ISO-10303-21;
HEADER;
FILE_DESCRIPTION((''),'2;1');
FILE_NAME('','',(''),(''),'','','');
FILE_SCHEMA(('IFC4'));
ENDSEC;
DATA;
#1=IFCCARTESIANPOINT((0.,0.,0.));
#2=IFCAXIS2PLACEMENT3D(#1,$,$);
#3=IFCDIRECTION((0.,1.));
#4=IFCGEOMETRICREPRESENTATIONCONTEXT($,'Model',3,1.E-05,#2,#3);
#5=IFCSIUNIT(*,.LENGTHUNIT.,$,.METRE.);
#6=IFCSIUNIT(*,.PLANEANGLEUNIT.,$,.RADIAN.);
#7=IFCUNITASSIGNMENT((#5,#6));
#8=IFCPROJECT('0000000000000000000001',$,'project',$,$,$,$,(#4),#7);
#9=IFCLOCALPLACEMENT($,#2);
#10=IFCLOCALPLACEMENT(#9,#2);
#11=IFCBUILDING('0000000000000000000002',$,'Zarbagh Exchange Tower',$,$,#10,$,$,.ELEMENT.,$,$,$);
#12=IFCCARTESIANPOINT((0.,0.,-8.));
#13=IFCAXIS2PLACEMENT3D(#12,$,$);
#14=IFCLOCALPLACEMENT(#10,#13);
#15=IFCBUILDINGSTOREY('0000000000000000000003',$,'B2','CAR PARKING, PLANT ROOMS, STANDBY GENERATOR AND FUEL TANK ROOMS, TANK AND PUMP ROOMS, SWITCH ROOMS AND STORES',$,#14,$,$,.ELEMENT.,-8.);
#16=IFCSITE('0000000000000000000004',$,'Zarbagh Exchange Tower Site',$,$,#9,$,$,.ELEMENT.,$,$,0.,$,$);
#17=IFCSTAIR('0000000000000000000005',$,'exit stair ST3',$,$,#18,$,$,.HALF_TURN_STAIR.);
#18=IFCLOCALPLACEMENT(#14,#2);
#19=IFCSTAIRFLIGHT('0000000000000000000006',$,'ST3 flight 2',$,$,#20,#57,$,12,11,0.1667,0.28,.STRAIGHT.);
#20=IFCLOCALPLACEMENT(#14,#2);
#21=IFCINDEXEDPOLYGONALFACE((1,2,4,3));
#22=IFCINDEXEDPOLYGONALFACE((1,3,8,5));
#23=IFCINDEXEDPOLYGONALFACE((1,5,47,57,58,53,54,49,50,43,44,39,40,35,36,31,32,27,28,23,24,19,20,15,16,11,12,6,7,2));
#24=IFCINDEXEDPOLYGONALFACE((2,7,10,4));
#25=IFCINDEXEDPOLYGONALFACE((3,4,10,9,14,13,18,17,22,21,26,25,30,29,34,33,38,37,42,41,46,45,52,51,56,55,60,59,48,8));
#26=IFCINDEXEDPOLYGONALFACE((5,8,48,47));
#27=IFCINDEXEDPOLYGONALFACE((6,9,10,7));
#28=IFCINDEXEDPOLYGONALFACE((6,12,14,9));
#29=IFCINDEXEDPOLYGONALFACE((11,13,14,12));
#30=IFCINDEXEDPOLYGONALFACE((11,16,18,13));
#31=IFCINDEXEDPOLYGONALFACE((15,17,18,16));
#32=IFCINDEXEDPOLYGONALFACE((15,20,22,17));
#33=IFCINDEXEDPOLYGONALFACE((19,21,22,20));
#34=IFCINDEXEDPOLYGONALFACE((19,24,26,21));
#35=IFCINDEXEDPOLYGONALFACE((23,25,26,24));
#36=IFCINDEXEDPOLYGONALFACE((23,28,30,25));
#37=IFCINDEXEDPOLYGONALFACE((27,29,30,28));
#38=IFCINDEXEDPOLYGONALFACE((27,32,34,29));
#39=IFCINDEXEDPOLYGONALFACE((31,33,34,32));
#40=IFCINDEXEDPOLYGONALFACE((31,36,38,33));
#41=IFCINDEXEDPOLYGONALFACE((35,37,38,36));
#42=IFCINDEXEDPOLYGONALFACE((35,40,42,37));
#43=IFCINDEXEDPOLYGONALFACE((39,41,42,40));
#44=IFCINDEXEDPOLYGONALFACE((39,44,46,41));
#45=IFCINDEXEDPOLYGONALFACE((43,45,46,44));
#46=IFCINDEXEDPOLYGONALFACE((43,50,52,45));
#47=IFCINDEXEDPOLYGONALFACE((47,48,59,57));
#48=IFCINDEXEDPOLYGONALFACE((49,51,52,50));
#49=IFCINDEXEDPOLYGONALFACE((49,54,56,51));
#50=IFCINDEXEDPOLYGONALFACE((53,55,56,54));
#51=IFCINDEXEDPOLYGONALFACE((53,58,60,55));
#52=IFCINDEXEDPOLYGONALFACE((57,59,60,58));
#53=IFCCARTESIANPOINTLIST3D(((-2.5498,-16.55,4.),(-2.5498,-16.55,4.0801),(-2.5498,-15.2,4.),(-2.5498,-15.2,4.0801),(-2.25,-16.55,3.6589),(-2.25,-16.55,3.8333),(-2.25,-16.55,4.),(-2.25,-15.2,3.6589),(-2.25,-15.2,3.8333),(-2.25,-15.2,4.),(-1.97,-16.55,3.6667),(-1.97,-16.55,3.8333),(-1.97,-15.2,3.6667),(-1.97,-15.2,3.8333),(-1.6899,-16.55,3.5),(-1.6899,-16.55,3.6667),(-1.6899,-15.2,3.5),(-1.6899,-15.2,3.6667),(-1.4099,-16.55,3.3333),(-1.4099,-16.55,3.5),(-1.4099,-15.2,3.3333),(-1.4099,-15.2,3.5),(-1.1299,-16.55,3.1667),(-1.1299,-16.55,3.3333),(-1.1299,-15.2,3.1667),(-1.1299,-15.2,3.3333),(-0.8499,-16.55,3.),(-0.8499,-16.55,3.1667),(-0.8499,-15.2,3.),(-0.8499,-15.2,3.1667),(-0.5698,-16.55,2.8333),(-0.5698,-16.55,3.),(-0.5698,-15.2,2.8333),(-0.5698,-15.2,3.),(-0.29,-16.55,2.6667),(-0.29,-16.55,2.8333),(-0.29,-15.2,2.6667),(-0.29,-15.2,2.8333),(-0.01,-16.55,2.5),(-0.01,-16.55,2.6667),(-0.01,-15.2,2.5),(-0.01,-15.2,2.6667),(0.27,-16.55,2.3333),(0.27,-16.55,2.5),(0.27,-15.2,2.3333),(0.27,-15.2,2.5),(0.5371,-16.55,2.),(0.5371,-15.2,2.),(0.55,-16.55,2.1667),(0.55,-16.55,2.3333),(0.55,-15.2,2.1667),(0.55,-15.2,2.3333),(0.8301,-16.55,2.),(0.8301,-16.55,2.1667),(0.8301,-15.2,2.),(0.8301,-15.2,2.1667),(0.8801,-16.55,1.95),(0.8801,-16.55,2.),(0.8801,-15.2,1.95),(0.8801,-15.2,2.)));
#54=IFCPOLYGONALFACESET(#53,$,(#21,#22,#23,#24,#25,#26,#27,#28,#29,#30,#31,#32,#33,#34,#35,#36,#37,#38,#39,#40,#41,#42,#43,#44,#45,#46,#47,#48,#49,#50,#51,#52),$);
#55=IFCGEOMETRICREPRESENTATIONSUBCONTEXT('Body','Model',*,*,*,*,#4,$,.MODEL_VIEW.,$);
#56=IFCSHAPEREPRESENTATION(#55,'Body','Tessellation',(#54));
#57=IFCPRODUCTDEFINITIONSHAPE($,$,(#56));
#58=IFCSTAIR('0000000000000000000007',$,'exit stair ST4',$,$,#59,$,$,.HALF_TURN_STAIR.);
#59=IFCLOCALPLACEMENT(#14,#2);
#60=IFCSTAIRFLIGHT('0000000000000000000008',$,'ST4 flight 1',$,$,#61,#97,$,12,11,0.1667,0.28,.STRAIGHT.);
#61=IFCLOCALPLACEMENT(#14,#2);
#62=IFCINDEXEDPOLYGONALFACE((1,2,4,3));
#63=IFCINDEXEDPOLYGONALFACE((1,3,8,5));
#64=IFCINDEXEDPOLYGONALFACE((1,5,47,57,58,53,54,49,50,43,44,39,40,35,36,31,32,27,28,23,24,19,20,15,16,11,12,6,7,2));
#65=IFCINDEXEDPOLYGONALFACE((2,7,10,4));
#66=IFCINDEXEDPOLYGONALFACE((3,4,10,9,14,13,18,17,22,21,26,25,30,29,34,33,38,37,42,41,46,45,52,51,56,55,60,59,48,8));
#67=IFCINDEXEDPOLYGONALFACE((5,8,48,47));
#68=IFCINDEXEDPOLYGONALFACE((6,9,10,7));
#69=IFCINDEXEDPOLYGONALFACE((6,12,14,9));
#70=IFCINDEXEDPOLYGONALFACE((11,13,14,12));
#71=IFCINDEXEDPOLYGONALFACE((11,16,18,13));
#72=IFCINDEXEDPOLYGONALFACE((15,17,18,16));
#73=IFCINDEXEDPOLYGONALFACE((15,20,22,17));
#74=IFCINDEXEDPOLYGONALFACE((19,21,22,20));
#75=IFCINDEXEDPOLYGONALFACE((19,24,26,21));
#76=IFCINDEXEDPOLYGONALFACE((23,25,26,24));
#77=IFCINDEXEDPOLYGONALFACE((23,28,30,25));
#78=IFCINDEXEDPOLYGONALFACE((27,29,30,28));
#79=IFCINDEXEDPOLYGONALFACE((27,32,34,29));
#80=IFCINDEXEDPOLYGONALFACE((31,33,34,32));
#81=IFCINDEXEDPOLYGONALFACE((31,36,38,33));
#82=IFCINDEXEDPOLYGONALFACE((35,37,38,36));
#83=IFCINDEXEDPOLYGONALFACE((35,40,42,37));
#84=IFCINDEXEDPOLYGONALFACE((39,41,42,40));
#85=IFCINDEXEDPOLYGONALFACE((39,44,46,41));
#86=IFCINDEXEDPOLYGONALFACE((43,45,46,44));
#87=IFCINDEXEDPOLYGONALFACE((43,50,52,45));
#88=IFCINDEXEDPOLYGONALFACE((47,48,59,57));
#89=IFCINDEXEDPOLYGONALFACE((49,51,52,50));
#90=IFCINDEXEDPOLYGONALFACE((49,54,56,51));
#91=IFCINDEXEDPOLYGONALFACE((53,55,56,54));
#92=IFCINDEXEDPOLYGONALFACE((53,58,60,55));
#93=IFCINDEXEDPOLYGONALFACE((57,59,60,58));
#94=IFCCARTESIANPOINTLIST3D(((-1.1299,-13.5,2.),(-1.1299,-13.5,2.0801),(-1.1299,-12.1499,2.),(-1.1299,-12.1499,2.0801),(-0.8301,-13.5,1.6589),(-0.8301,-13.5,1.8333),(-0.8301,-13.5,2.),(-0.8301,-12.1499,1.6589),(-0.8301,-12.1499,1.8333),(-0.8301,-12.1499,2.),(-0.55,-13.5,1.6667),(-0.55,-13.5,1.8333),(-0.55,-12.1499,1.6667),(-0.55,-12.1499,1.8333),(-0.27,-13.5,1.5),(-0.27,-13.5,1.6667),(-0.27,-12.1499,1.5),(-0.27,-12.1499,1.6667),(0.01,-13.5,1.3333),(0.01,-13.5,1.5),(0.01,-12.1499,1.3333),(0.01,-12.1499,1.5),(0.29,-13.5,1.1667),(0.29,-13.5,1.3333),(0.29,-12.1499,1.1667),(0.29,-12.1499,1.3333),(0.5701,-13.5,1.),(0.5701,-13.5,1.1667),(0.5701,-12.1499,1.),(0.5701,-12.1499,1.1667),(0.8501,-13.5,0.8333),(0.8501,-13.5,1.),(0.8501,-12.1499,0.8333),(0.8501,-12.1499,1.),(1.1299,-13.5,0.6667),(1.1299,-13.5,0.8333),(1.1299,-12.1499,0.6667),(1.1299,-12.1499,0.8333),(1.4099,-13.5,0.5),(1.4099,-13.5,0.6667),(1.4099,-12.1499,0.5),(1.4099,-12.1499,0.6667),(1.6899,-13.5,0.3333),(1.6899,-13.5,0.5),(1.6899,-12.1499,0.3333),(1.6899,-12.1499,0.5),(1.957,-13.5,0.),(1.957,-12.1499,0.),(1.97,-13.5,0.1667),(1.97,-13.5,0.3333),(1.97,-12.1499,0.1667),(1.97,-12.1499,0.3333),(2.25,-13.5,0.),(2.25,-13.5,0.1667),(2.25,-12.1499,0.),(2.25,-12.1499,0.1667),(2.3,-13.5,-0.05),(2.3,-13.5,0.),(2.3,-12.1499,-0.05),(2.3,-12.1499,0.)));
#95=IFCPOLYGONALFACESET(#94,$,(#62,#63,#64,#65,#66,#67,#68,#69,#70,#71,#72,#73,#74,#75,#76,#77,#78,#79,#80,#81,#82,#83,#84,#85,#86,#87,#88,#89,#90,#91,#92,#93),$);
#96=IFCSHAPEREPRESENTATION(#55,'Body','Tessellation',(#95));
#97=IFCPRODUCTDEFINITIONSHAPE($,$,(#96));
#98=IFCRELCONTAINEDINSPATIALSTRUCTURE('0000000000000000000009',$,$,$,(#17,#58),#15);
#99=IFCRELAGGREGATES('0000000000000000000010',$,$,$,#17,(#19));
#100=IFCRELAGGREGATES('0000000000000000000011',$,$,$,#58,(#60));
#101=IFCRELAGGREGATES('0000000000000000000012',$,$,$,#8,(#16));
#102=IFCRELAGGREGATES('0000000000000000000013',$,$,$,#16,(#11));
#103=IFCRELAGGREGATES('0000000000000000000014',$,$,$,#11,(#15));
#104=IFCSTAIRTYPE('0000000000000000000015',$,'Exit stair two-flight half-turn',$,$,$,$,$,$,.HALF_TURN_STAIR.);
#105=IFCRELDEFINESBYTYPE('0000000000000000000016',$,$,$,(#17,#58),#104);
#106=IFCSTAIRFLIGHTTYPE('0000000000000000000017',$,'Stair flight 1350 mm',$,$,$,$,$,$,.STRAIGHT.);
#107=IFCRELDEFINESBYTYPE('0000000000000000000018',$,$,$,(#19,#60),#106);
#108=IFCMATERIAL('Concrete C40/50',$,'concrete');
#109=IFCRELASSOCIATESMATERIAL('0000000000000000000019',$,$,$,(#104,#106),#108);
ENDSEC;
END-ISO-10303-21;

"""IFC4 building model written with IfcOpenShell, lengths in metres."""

from ifc_helpers import new_model, si_unit, direction, frame, origin, place, context, subcontext, project, spatial, polyline, outline, extrude, material, type_object, element, aggregate, save


model = new_model("IFC4")

# Units and contexts
model_context = context("Model", 3, precision=1e-05, world=origin(), true_north=direction((0.0, 1.0)))
body_context = subcontext(model_context, "Body", "Model", "MODEL_VIEW")
ifc_project = project(units=[si_unit("LENGTHUNIT", "METRE"), si_unit("PLANEANGLEUNIT", "RADIAN")], contexts=[model_context])

# Site, building, storey
site_placement = place(None, origin())
site = spatial("IfcSite", under=ifc_project, at=site_placement, Name="Zarbagh Exchange Tower Site", CompositionType="ELEMENT", RefElevation=0.0)
building_placement = place(site_placement, origin())
building = spatial("IfcBuilding", under=site, at=building_placement, Name="Zarbagh Exchange Tower", CompositionType="ELEMENT")
storey_placement = place(building_placement, frame((0.0, 0.0, -8.0)))
storey = spatial("IfcBuildingStorey", under=building, at=storey_placement, Name="B2", Description="CAR PARKING, PLANT ROOMS, STANDBY GENERATOR AND FUEL TANK ROOMS, TANK AND PUMP ROOMS, SWITCH ROOMS AND STORES", CompositionType="ELEMENT", Elevation=-8.0)

# Shared definitions
ifc_material_1 = material(Name="Concrete C40/50", Category="concrete")

# Stairs, stair flights
stair_type = type_object("IfcStairType", Name="Exit stair two-flight half-turn", PredefinedType="HALF_TURN_STAIR", material=ifc_material_1)
stair_1_placement = place(storey_placement, origin())
stair_1 = element("IfcStair", 1, at=stair_1_placement, inside=storey, type_object=stair_type, Name="exit stair ST3", PredefinedType="HALF_TURN_STAIR")
stair_flight_type = type_object("IfcStairFlightType", Name="Stair flight 1350 mm", PredefinedType="STRAIGHT", material=ifc_material_1)
stair_flight_1_placement = place(storey_placement, frame((0.8301, -15.875, 2.0), z_axis=(0.0, 0.0, 1.0), x_axis=(-1.0, 0.0, 0.0)))
stair_flight_1 = element("IfcStairFlight", 2, at=stair_flight_1_placement, type_object=stair_flight_type, Name="ST3 flight 2", NumberOfRisers=12, NumberOfTreads=11, PredefinedType="STRAIGHT", RiserHeight=0.1667, TreadLength=0.28, context=body_context, shape_type="SweptSolid", body=[
    extrude(outline(polyline([(-0.05, -0.05), (-0.05, 0.0), (0.0, 0.0), (0.0, 0.1667), (0.28, 0.1667), (0.28, 0.3333), (0.5601, 0.3333), (0.5601, 0.5), (0.8401, 0.5), (0.8401, 0.6667), (1.1201, 0.6667), (1.1201, 0.8333), (1.3999, 0.8333), (1.3999, 1.0), (1.6799, 1.0), (1.6799, 1.1667), (1.96, 1.1667), (1.96, 1.3333), (2.24, 1.3333), (2.24, 1.5), (2.52, 1.5), (2.52, 1.6667), (2.8, 1.6667), (2.8, 1.8333), (3.0801, 1.8333), (3.0801, 2.0), (3.3799, 2.0801), (3.3799, 2.0), (3.0801, 1.6589), (0.293, 0.0), (-0.05, -0.05)])), frame((0.0, 0.675, 0.0), z_axis=(0.0, -1.0, 0.0), x_axis=(1.0, 0.0, 0.0)), (0.0, 0.0, 1.0), 1.3501),
])
aggregate(stair_1, [stair_flight_1])
stair_2_placement = place(storey_placement, origin())
stair_2 = element("IfcStair", 3, at=stair_2_placement, inside=storey, type_object=stair_type, Name="exit stair ST4", PredefinedType="HALF_TURN_STAIR")
stair_flight_2_placement = place(storey_placement, frame((2.25, -12.825, 0.0), z_axis=(0.0, 0.0, 1.0), x_axis=(-1.0, 0.0, 0.0)))
stair_flight_2 = element("IfcStairFlight", 4, at=stair_flight_2_placement, type_object=stair_flight_type, Name="ST4 flight 1", NumberOfRisers=12, NumberOfTreads=11, PredefinedType="STRAIGHT", RiserHeight=0.1667, TreadLength=0.28, context=body_context, shape_type="SweptSolid", body=[
    extrude(outline(polyline([(-0.05, -0.05), (-0.05, 0.0), (0.0, 0.0), (0.0, 0.1667), (0.28, 0.1667), (0.28, 0.3333), (0.5601, 0.3333), (0.5601, 0.5), (0.8401, 0.5), (0.8401, 0.6667), (1.1201, 0.6667), (1.1201, 0.8333), (1.3999, 0.8333), (1.3999, 1.0), (1.6799, 1.0), (1.6799, 1.1667), (1.96, 1.1667), (1.96, 1.3333), (2.24, 1.3333), (2.24, 1.5), (2.52, 1.5), (2.52, 1.6667), (2.8, 1.6667), (2.8, 1.8333), (3.0801, 1.8333), (3.0801, 2.0), (3.3799, 2.0801), (3.3799, 2.0), (3.0801, 1.6589), (0.293, 0.0), (-0.05, -0.05)])), frame((0.0, 0.675, 0.0), z_axis=(0.0, -1.0, 0.0), x_axis=(1.0, 0.0, 0.0)), (0.0, 0.0, 1.0), 1.3501),
])
aggregate(stair_2, [stair_flight_2])

save(model, "model.ifc")
